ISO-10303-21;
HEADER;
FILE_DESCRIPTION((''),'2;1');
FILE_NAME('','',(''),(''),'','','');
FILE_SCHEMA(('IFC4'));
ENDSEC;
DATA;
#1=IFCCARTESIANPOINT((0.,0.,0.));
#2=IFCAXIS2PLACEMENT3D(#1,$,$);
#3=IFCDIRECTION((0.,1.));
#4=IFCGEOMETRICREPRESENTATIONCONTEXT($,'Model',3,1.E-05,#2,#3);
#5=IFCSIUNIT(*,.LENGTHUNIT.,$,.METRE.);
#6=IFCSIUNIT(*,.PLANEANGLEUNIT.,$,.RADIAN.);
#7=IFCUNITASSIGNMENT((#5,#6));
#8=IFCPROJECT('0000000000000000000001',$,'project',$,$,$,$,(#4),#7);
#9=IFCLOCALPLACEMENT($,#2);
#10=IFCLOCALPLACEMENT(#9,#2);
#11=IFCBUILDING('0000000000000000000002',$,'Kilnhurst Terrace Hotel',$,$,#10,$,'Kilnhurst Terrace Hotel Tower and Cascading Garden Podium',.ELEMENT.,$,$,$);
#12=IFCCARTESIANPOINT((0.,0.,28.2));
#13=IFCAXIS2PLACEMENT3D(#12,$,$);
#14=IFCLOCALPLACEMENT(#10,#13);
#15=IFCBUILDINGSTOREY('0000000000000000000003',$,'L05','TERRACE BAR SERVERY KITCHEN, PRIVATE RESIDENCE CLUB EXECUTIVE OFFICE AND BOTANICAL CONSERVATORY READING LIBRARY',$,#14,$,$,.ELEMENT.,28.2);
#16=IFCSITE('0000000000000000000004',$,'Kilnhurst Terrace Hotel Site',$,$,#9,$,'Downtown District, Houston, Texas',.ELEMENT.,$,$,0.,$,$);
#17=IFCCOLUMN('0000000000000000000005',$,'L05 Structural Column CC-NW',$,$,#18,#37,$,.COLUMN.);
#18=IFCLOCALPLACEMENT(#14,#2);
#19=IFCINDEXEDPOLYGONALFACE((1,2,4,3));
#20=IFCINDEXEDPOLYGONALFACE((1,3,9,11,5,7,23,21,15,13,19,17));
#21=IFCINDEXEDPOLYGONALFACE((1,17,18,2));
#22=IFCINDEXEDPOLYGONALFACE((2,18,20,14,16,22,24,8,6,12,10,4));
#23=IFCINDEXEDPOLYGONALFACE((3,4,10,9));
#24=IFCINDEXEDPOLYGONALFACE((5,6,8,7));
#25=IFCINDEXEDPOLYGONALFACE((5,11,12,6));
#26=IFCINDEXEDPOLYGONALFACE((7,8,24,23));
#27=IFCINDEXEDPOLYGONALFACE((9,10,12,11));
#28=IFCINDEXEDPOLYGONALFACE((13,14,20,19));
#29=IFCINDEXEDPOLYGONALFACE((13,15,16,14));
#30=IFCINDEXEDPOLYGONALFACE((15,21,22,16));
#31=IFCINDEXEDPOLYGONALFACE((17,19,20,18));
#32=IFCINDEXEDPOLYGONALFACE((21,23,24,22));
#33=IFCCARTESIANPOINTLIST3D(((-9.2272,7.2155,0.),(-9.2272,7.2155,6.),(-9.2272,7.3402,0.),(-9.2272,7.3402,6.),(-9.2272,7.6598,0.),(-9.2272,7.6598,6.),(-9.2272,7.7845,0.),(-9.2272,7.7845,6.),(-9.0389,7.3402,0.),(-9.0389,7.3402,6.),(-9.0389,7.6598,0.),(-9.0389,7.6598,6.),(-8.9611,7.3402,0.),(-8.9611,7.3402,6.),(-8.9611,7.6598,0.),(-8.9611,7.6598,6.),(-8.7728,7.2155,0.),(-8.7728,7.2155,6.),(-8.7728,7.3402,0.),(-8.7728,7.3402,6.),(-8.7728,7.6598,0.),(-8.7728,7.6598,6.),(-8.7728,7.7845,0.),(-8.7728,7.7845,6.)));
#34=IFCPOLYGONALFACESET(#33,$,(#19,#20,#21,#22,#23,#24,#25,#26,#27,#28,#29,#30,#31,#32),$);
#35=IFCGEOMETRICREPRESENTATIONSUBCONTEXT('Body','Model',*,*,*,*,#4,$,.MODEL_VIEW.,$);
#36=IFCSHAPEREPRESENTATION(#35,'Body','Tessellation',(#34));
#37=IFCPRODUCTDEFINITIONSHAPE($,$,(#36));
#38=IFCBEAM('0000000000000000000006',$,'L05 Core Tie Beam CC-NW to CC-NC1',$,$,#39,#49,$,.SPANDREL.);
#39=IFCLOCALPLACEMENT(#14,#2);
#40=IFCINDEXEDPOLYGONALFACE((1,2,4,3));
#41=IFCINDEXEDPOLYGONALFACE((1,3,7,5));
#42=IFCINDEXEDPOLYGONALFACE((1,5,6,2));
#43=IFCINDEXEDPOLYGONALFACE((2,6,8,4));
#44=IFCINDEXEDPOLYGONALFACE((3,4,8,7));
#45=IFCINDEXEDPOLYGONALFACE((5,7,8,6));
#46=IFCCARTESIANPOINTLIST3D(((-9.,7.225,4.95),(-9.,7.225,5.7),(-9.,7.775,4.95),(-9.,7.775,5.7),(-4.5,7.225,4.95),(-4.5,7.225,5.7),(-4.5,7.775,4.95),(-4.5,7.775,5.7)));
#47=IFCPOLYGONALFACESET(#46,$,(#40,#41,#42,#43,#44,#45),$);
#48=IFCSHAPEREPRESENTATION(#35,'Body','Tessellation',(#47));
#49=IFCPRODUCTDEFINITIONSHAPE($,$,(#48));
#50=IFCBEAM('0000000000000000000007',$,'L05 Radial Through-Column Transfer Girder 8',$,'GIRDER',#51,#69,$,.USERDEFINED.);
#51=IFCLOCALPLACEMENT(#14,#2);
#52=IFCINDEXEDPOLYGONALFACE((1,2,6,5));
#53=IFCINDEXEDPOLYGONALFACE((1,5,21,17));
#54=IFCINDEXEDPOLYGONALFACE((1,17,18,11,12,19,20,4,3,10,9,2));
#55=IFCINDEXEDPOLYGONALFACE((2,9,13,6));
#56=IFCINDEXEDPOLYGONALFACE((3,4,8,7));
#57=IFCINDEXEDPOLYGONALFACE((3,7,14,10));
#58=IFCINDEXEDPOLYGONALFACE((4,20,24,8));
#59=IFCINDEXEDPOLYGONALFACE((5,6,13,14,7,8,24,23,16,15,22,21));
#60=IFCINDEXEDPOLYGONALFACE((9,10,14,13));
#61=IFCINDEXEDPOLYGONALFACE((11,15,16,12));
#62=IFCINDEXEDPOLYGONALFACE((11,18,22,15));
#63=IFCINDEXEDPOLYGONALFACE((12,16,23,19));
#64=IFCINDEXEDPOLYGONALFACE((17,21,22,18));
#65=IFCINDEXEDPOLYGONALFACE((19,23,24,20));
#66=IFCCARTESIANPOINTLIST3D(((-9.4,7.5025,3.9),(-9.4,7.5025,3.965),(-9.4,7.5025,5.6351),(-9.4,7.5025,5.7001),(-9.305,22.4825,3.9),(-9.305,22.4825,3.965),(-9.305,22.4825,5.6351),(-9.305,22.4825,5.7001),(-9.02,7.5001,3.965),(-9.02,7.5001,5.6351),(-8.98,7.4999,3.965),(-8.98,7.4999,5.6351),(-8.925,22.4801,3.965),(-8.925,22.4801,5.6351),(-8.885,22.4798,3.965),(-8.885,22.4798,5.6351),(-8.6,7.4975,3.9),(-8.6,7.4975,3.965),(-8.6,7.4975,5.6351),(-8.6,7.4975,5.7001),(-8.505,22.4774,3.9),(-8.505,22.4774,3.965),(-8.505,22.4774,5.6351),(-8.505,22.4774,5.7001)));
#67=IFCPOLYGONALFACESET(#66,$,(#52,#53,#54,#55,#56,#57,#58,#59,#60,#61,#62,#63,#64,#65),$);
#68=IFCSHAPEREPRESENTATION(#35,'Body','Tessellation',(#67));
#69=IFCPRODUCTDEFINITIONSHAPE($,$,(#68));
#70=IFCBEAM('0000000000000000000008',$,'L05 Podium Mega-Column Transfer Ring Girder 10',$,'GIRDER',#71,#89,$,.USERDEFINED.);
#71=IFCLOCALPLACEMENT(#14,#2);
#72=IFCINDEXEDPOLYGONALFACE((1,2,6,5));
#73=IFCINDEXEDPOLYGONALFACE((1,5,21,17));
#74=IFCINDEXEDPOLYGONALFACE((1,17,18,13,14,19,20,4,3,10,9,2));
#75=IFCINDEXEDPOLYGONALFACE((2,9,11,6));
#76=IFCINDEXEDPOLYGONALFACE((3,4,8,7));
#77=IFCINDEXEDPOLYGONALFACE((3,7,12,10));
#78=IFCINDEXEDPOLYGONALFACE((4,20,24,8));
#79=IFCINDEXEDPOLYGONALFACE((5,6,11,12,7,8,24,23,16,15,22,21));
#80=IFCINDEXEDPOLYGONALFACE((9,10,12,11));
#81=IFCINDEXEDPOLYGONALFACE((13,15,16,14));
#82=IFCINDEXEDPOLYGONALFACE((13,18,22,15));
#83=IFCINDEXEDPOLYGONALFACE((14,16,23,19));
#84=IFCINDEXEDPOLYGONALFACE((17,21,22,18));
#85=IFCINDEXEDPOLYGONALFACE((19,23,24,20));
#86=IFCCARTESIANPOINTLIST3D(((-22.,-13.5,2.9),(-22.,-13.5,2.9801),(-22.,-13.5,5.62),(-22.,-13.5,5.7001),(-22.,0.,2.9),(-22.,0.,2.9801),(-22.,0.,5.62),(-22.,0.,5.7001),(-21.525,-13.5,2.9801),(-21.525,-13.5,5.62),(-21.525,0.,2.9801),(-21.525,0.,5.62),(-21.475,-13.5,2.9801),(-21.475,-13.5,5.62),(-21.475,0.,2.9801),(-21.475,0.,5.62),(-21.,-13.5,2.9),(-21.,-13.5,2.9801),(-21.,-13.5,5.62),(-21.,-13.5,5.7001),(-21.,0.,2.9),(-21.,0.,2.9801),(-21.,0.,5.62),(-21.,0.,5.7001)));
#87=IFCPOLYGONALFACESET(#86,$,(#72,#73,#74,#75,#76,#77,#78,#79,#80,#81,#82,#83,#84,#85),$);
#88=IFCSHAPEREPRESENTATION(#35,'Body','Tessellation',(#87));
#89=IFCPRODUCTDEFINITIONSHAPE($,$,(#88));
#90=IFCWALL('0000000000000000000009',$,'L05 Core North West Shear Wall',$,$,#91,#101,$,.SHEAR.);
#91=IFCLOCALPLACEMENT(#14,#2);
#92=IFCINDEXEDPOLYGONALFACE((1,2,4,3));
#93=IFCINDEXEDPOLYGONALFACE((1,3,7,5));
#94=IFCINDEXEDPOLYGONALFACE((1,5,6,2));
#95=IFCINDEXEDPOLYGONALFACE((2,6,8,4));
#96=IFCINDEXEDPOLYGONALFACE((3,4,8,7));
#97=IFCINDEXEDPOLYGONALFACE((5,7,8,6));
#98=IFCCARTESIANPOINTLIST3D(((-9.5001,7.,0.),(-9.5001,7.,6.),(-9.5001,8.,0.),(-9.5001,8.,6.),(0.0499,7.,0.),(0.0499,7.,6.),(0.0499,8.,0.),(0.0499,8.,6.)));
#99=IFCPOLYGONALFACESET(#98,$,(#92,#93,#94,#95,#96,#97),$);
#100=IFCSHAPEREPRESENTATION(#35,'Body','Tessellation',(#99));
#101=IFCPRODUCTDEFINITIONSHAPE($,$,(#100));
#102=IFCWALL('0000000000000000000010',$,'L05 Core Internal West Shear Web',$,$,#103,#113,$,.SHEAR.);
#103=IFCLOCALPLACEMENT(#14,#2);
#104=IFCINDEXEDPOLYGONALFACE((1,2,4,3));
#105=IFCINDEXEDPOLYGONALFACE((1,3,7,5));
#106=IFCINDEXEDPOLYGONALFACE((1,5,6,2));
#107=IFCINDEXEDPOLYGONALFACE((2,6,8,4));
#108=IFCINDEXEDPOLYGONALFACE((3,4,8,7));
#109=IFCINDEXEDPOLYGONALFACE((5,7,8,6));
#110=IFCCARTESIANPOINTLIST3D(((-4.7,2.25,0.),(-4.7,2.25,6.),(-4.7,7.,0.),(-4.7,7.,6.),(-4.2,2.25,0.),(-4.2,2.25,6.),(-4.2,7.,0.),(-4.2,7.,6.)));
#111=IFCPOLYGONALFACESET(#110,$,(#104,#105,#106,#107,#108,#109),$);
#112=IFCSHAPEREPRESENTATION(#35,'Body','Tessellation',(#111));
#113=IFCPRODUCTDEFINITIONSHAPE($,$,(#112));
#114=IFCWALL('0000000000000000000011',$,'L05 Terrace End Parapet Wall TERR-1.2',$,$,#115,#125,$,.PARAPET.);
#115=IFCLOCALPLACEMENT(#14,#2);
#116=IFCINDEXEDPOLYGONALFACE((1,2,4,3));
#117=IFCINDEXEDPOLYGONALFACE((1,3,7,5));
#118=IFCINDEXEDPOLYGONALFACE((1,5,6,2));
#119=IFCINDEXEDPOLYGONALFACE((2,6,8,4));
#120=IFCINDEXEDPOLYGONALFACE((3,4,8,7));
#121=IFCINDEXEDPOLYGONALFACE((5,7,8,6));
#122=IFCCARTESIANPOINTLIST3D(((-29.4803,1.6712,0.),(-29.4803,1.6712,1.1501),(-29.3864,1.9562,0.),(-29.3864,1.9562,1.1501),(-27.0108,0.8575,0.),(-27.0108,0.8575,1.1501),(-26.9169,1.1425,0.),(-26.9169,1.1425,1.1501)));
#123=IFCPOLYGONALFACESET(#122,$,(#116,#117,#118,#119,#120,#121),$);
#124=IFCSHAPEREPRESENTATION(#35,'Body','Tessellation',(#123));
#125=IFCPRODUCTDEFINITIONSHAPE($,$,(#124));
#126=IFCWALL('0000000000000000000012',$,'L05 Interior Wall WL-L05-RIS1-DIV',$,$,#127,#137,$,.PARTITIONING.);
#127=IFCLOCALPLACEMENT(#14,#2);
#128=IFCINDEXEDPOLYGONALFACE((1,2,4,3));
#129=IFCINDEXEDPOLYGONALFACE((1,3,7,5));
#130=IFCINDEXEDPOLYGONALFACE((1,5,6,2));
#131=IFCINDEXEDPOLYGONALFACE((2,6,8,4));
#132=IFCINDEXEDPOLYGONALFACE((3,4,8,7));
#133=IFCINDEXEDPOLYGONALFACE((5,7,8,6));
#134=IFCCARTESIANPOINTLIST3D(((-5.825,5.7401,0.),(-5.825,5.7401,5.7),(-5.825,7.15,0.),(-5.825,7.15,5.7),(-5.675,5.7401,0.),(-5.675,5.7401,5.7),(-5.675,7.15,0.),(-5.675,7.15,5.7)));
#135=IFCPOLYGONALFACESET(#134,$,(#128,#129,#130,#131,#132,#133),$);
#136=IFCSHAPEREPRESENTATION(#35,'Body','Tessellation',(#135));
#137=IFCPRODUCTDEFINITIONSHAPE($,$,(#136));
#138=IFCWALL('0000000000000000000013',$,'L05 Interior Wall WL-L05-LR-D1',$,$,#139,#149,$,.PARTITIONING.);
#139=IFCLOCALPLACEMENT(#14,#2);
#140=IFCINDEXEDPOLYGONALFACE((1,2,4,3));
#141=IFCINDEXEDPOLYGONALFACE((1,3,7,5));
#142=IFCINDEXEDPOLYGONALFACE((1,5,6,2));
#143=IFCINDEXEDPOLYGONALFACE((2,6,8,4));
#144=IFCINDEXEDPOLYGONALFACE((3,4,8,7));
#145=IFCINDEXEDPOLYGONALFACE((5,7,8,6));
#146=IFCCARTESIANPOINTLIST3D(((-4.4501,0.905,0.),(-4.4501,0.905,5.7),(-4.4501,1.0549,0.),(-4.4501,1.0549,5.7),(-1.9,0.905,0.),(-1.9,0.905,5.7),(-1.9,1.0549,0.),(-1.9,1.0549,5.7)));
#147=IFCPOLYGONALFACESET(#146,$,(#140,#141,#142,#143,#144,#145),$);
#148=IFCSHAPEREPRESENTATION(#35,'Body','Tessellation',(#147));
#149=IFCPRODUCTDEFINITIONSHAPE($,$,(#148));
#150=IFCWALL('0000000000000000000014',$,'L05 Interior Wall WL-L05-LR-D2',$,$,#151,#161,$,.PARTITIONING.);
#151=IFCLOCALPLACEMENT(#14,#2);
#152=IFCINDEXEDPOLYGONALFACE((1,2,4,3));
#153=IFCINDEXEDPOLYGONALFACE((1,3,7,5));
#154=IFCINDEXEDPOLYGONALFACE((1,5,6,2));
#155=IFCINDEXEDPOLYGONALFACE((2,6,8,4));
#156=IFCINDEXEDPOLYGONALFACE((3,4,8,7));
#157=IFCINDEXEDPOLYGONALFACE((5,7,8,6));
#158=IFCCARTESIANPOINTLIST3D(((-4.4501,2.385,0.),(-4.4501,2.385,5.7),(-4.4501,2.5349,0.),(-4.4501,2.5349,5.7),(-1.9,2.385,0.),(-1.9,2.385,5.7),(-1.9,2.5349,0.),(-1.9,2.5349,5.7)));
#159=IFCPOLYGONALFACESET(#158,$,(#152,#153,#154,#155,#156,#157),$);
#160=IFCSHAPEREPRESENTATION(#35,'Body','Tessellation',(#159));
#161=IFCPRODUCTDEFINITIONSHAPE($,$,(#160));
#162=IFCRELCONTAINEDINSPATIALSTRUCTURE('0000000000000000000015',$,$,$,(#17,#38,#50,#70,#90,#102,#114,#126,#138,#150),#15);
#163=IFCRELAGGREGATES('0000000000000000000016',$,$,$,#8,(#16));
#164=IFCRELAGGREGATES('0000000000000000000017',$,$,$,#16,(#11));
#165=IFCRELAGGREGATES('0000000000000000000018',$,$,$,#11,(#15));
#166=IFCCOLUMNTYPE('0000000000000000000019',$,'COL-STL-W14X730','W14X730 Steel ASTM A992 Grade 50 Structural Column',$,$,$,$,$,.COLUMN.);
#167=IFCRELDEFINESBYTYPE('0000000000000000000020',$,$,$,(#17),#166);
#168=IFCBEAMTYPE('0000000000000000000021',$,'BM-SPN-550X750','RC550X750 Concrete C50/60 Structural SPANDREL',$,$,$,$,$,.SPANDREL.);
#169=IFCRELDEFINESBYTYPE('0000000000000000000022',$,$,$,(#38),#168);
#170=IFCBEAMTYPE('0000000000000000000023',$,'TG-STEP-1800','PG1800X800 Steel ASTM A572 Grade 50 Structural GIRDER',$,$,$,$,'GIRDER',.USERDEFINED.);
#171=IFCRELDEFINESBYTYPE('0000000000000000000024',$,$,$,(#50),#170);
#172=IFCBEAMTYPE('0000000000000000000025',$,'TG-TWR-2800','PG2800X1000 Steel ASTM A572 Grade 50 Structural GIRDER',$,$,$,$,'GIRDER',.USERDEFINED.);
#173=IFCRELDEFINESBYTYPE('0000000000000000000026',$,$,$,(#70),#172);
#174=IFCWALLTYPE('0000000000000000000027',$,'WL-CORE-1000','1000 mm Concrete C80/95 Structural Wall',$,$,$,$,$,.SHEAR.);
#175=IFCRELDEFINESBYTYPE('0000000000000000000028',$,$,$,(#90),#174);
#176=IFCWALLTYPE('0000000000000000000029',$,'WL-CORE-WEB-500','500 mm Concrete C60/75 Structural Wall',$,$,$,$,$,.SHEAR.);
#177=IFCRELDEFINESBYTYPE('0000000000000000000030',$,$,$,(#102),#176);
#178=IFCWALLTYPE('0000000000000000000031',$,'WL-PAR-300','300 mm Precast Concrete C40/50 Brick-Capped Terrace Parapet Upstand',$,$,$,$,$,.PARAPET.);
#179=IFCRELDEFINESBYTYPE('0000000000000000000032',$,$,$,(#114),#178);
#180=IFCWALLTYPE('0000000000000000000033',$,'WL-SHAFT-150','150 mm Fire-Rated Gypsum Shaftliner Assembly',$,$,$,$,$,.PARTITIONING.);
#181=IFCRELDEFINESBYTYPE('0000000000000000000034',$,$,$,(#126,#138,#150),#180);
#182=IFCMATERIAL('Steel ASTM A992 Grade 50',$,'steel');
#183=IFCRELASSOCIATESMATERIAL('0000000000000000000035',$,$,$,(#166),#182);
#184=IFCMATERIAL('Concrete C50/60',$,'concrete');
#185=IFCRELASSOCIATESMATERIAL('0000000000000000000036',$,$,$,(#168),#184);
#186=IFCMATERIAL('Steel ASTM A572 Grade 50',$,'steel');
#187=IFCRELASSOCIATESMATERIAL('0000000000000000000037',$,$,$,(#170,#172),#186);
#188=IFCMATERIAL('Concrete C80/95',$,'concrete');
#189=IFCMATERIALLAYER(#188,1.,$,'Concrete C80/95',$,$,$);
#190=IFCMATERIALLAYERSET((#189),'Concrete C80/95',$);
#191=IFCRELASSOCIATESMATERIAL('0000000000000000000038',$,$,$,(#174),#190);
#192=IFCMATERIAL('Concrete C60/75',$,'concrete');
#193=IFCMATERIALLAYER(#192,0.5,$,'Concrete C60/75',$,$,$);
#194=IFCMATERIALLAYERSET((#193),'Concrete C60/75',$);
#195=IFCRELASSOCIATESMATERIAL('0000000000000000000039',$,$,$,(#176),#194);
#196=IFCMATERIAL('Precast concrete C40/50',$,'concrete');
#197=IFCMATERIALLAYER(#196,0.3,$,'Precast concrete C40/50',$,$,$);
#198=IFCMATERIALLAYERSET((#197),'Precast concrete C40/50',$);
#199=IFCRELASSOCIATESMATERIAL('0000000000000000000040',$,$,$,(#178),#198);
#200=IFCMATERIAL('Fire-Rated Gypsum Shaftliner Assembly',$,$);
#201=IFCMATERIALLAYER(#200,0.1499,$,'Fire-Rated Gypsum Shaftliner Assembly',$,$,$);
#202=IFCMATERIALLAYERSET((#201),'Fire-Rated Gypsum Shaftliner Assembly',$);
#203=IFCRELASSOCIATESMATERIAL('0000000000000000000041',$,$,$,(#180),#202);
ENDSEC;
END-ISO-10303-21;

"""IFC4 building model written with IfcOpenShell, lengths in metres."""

from ifc_helpers import new_model, si_unit, direction, frame, frame_2d, origin, origin_2d, place, context, subcontext, project, spatial, rectangle, i_section, extrude, material, layer, layer_set, material_profile, profile_set, type_object, element, save


model = new_model("IFC4")

# Units and contexts
model_context = context("Model", 3, precision=1e-05, world=origin(), true_north=direction((0.0, 1.0)))
body_context = subcontext(model_context, "Body", "Model", "MODEL_VIEW")
ifc_project = project(units=[si_unit("LENGTHUNIT", "METRE"), si_unit("PLANEANGLEUNIT", "RADIAN")], contexts=[model_context])

# Site, building, storey
site_placement = place(None, origin())
site = spatial("IfcSite", under=ifc_project, at=site_placement, Name="Kilnhurst Terrace Hotel Site", LongName="Downtown District, Houston, Texas", CompositionType="ELEMENT", RefElevation=0.0)
building_placement = place(site_placement, origin())
building = spatial("IfcBuilding", under=site, at=building_placement, Name="Kilnhurst Terrace Hotel", LongName="Kilnhurst Terrace Hotel Tower and Cascading Garden Podium", CompositionType="ELEMENT")
storey_placement = place(building_placement, frame((0.0, 0.0, 28.2)))
storey = spatial("IfcBuildingStorey", under=building, at=storey_placement, Name="L05", Description="TERRACE BAR SERVERY KITCHEN, PRIVATE RESIDENCE CLUB EXECUTIVE OFFICE AND BOTANICAL CONSERVATORY READING LIBRARY", CompositionType="ELEMENT", Elevation=28.2)

# Column
ifc_material_1 = material(Name="Steel ASTM A992 Grade 50", Category="steel")
ifc_material_profile_1 = material_profile(ifc_material_1, i_section(OverallWidth=0.4543, OverallDepth=0.5691, WebThickness=0.0779, FlangeThickness=0.1248, at=origin_2d()), Name="W14X730")
ifc_profile_set_1 = profile_set([ifc_material_profile_1], Name="Steel ASTM A992 Grade 50")
column_type = type_object("IfcColumnType", Name="COL-STL-W14X730", Description="W14X730 Steel ASTM A992 Grade 50 Structural Column", PredefinedType="COLUMN", material=ifc_profile_set_1)
column_placement = place(storey_placement, frame((-9.0, 7.5, 0.0), z_axis=(0.0, 0.0, 1.0), x_axis=(1.0, 0.0, 0.0)))
element("IfcColumn", 1, at=column_placement, inside=storey, type_object=column_type, Name="L05 Structural Column CC-NW", PredefinedType="COLUMN", context=body_context, shape_type="SweptSolid", body=[
    extrude(i_section(OverallWidth=0.4543, OverallDepth=0.5691, WebThickness=0.0779, FlangeThickness=0.1248, at=origin_2d()), origin(), (0.0, 0.0, 1.0), 6.0),
])

# Beams
ifc_material_2 = material(Name="Concrete C50/60", Category="concrete")
ifc_material_profile_2 = material_profile(ifc_material_2, rectangle(XDim=0.55, YDim=0.75, at=origin_2d()), Name="RC550X750")
ifc_profile_set_2 = profile_set([ifc_material_profile_2], Name="Concrete C50/60")
beam_type_1 = type_object("IfcBeamType", Name="BM-SPN-550X750", Description="RC550X750 Concrete C50/60 Structural SPANDREL", PredefinedType="SPANDREL", material=ifc_profile_set_2)
beam_1_placement = place(storey_placement, frame((-9.0, 7.5, 5.325), z_axis=(1.0, 0.0, 0.0), x_axis=(0.0, 1.0, 0.0)))
element("IfcBeam", 2, at=beam_1_placement, inside=storey, type_object=beam_type_1, Name="L05 Core Tie Beam CC-NW to CC-NC1", PredefinedType="SPANDREL", context=body_context, shape_type="SweptSolid", body=[
    extrude(rectangle(XDim=0.55, YDim=0.75, at=origin_2d()), origin(), (0.0, 0.0, 1.0), 4.5),
])
ifc_material_3 = material(Name="Steel ASTM A572 Grade 50", Category="steel")
ifc_material_profile_3 = material_profile(ifc_material_3, i_section(OverallWidth=0.8, OverallDepth=1.8, WebThickness=0.04, FlangeThickness=0.0649, at=origin_2d()), Name="PG1800X800")
ifc_profile_set_3 = profile_set([ifc_material_profile_3], Name="Steel ASTM A572 Grade 50")
beam_type_2 = type_object("IfcBeamType", Name="TG-STEP-1800", Description="PG1800X800 Steel ASTM A572 Grade 50 Structural GIRDER", ElementType="GIRDER", PredefinedType="USERDEFINED", material=ifc_profile_set_3)
beam_2_placement = place(storey_placement, frame((-9.0, 7.5, 4.8), z_axis=(0.00634, 0.99998, 0.0), x_axis=(-0.99998, 0.00634, 0.0)))
element("IfcBeam", 3, at=beam_2_placement, inside=storey, type_object=beam_type_2, Name="L05 Radial Through-Column Transfer Girder 8", ObjectType="GIRDER", PredefinedType="USERDEFINED", context=body_context, shape_type="SweptSolid", body=[
    extrude(i_section(OverallWidth=0.8, OverallDepth=1.8, WebThickness=0.04, FlangeThickness=0.0649, at=origin_2d()), origin(), (0.0, 0.0, 1.0), 14.9802),
])
ifc_material_profile_4 = material_profile(ifc_material_3, i_section(OverallWidth=1.0, OverallDepth=2.8, WebThickness=0.05, FlangeThickness=0.0801, at=origin_2d()), Name="PG2800X1000")
ifc_profile_set_4 = profile_set([ifc_material_profile_4], Name="Steel ASTM A572 Grade 50")
beam_type_3 = type_object("IfcBeamType", Name="TG-TWR-2800", Description="PG2800X1000 Steel ASTM A572 Grade 50 Structural GIRDER", ElementType="GIRDER", PredefinedType="USERDEFINED", material=ifc_profile_set_4)
beam_3_placement = place(storey_placement, frame((-21.5, 0.0, 4.3), z_axis=(0.0, -1.0, 0.0), x_axis=(1.0, 0.0, 0.0)))
element("IfcBeam", 4, at=beam_3_placement, inside=storey, type_object=beam_type_3, Name="L05 Podium Mega-Column Transfer Ring Girder 10", ObjectType="GIRDER", PredefinedType="USERDEFINED", context=body_context, shape_type="SweptSolid", body=[
    extrude(i_section(OverallWidth=1.0, OverallDepth=2.8, WebThickness=0.05, FlangeThickness=0.0801, at=origin_2d()), origin(), (0.0, 0.0, 1.0), 13.5),
])

# Walls
ifc_material_4 = material(Name="Concrete C80/95", Category="concrete")
ifc_layer_1 = layer(ifc_material_4, 1.0, Name="Concrete C80/95")
ifc_layer_set_1 = layer_set([ifc_layer_1], Name="Concrete C80/95")
wall_type_1 = type_object("IfcWallType", Name="WL-CORE-1000", Description="1000 mm Concrete C80/95 Structural Wall", PredefinedType="SHEAR", material=ifc_layer_set_1)
wall_1_placement = place(storey_placement, frame((-9.5, 7.5, 0.0), z_axis=(0.0, 0.0, 1.0), x_axis=(1.0, 0.0, 0.0)))
element("IfcWall", 5, at=wall_1_placement, inside=storey, type_object=wall_type_1, Name="L05 Core North West Shear Wall", PredefinedType="SHEAR", context=body_context, shape_type="SweptSolid", body=[
    extrude(rectangle(XDim=9.55, YDim=1.0, at=frame_2d((4.7749, 0.0))), origin(), (0.0, 0.0, 1.0), 6.0),
])
ifc_material_5 = material(Name="Concrete C60/75", Category="concrete")
ifc_layer_2 = layer(ifc_material_5, 0.5, Name="Concrete C60/75")
ifc_layer_set_2 = layer_set([ifc_layer_2], Name="Concrete C60/75")
wall_type_2 = type_object("IfcWallType", Name="WL-CORE-WEB-500", Description="500 mm Concrete C60/75 Structural Wall", PredefinedType="SHEAR", material=ifc_layer_set_2)
wall_2_placement = place(storey_placement, frame((-4.45, 2.25, 0.0), z_axis=(0.0, 0.0, 1.0), x_axis=(0.0, 1.0, 0.0)))
element("IfcWall", 6, at=wall_2_placement, inside=storey, type_object=wall_type_2, Name="L05 Core Internal West Shear Web", PredefinedType="SHEAR", context=body_context, shape_type="SweptSolid", body=[
    extrude(rectangle(XDim=4.75, YDim=0.5, at=frame_2d((2.375, 0.0))), origin(), (0.0, 0.0, 1.0), 6.0),
])
ifc_material_6 = material(Name="Precast concrete C40/50", Category="concrete")
ifc_layer_3 = layer(ifc_material_6, 0.3, Name="Precast concrete C40/50")
ifc_layer_set_3 = layer_set([ifc_layer_3], Name="Precast concrete C40/50")
wall_type_3 = type_object("IfcWallType", Name="WL-PAR-300", Description="300 mm Precast Concrete C40/50 Brick-Capped Terrace Parapet Upstand", PredefinedType="PARAPET", material=ifc_layer_set_3)
wall_3_placement = place(storey_placement, frame((-26.9639, 1.0, 0.0), z_axis=(0.0, 0.0, 1.0), x_axis=(-0.949767, 0.312958, 0.0)))
element("IfcWall", 7, at=wall_3_placement, inside=storey, type_object=wall_type_3, Name="L05 Terrace End Parapet Wall TERR-1.2", PredefinedType="PARAPET", context=body_context, shape_type="SweptSolid", body=[
    extrude(rectangle(XDim=2.6001, YDim=0.3, at=frame_2d((1.3, 0.0))), origin(), (0.0, 0.0, 1.0), 1.1501),
])
ifc_material_7 = material(Name="Fire-Rated Gypsum Shaftliner Assembly")
ifc_layer_4 = layer(ifc_material_7, 0.1499, Name="Fire-Rated Gypsum Shaftliner Assembly")
ifc_layer_set_4 = layer_set([ifc_layer_4], Name="Fire-Rated Gypsum Shaftliner Assembly")
wall_type_4 = type_object("IfcWallType", Name="WL-SHAFT-150", Description="150 mm Fire-Rated Gypsum Shaftliner Assembly", PredefinedType="PARTITIONING", material=ifc_layer_set_4)
wall_4_placement = place(storey_placement, frame((-5.75, 5.74, 0.0), z_axis=(0.0, 0.0, 1.0), x_axis=(0.0, 1.0, 0.0)))
element("IfcWall", 8, at=wall_4_placement, inside=storey, type_object=wall_type_4, Name="L05 Interior Wall WL-L05-RIS1-DIV", PredefinedType="PARTITIONING", context=body_context, shape_type="SweptSolid", body=[
    extrude(rectangle(XDim=1.4099, YDim=0.1499, at=frame_2d((0.7051, 0.0))), origin(), (0.0, 0.0, 1.0), 5.7),
])
for number, where, z_axis, x_axis, name in (
    (9, (-4.45, 0.98, 0.0), (0.0, 0.0, 1.0), (1.0, 0.0, 0.0), "L05 Interior Wall WL-L05-LR-D1"),
    (10, (-4.45, 2.46, 0.0), (0.0, 0.0, 1.0), (1.0, 0.0, 0.0), "L05 Interior Wall WL-L05-LR-D2"),
):
    element("IfcWall", number, at=place(storey_placement, frame(where, z_axis=z_axis, x_axis=x_axis)), inside=storey, type_object=wall_type_4, Name=name, PredefinedType="PARTITIONING", context=body_context, shape_type="SweptSolid", body=[
        extrude(rectangle(XDim=2.55, YDim=0.1499, at=frame_2d((1.2749, 0.0))), origin(), (0.0, 0.0, 1.0), 5.7),
    ])

save(model, "model.ifc")
